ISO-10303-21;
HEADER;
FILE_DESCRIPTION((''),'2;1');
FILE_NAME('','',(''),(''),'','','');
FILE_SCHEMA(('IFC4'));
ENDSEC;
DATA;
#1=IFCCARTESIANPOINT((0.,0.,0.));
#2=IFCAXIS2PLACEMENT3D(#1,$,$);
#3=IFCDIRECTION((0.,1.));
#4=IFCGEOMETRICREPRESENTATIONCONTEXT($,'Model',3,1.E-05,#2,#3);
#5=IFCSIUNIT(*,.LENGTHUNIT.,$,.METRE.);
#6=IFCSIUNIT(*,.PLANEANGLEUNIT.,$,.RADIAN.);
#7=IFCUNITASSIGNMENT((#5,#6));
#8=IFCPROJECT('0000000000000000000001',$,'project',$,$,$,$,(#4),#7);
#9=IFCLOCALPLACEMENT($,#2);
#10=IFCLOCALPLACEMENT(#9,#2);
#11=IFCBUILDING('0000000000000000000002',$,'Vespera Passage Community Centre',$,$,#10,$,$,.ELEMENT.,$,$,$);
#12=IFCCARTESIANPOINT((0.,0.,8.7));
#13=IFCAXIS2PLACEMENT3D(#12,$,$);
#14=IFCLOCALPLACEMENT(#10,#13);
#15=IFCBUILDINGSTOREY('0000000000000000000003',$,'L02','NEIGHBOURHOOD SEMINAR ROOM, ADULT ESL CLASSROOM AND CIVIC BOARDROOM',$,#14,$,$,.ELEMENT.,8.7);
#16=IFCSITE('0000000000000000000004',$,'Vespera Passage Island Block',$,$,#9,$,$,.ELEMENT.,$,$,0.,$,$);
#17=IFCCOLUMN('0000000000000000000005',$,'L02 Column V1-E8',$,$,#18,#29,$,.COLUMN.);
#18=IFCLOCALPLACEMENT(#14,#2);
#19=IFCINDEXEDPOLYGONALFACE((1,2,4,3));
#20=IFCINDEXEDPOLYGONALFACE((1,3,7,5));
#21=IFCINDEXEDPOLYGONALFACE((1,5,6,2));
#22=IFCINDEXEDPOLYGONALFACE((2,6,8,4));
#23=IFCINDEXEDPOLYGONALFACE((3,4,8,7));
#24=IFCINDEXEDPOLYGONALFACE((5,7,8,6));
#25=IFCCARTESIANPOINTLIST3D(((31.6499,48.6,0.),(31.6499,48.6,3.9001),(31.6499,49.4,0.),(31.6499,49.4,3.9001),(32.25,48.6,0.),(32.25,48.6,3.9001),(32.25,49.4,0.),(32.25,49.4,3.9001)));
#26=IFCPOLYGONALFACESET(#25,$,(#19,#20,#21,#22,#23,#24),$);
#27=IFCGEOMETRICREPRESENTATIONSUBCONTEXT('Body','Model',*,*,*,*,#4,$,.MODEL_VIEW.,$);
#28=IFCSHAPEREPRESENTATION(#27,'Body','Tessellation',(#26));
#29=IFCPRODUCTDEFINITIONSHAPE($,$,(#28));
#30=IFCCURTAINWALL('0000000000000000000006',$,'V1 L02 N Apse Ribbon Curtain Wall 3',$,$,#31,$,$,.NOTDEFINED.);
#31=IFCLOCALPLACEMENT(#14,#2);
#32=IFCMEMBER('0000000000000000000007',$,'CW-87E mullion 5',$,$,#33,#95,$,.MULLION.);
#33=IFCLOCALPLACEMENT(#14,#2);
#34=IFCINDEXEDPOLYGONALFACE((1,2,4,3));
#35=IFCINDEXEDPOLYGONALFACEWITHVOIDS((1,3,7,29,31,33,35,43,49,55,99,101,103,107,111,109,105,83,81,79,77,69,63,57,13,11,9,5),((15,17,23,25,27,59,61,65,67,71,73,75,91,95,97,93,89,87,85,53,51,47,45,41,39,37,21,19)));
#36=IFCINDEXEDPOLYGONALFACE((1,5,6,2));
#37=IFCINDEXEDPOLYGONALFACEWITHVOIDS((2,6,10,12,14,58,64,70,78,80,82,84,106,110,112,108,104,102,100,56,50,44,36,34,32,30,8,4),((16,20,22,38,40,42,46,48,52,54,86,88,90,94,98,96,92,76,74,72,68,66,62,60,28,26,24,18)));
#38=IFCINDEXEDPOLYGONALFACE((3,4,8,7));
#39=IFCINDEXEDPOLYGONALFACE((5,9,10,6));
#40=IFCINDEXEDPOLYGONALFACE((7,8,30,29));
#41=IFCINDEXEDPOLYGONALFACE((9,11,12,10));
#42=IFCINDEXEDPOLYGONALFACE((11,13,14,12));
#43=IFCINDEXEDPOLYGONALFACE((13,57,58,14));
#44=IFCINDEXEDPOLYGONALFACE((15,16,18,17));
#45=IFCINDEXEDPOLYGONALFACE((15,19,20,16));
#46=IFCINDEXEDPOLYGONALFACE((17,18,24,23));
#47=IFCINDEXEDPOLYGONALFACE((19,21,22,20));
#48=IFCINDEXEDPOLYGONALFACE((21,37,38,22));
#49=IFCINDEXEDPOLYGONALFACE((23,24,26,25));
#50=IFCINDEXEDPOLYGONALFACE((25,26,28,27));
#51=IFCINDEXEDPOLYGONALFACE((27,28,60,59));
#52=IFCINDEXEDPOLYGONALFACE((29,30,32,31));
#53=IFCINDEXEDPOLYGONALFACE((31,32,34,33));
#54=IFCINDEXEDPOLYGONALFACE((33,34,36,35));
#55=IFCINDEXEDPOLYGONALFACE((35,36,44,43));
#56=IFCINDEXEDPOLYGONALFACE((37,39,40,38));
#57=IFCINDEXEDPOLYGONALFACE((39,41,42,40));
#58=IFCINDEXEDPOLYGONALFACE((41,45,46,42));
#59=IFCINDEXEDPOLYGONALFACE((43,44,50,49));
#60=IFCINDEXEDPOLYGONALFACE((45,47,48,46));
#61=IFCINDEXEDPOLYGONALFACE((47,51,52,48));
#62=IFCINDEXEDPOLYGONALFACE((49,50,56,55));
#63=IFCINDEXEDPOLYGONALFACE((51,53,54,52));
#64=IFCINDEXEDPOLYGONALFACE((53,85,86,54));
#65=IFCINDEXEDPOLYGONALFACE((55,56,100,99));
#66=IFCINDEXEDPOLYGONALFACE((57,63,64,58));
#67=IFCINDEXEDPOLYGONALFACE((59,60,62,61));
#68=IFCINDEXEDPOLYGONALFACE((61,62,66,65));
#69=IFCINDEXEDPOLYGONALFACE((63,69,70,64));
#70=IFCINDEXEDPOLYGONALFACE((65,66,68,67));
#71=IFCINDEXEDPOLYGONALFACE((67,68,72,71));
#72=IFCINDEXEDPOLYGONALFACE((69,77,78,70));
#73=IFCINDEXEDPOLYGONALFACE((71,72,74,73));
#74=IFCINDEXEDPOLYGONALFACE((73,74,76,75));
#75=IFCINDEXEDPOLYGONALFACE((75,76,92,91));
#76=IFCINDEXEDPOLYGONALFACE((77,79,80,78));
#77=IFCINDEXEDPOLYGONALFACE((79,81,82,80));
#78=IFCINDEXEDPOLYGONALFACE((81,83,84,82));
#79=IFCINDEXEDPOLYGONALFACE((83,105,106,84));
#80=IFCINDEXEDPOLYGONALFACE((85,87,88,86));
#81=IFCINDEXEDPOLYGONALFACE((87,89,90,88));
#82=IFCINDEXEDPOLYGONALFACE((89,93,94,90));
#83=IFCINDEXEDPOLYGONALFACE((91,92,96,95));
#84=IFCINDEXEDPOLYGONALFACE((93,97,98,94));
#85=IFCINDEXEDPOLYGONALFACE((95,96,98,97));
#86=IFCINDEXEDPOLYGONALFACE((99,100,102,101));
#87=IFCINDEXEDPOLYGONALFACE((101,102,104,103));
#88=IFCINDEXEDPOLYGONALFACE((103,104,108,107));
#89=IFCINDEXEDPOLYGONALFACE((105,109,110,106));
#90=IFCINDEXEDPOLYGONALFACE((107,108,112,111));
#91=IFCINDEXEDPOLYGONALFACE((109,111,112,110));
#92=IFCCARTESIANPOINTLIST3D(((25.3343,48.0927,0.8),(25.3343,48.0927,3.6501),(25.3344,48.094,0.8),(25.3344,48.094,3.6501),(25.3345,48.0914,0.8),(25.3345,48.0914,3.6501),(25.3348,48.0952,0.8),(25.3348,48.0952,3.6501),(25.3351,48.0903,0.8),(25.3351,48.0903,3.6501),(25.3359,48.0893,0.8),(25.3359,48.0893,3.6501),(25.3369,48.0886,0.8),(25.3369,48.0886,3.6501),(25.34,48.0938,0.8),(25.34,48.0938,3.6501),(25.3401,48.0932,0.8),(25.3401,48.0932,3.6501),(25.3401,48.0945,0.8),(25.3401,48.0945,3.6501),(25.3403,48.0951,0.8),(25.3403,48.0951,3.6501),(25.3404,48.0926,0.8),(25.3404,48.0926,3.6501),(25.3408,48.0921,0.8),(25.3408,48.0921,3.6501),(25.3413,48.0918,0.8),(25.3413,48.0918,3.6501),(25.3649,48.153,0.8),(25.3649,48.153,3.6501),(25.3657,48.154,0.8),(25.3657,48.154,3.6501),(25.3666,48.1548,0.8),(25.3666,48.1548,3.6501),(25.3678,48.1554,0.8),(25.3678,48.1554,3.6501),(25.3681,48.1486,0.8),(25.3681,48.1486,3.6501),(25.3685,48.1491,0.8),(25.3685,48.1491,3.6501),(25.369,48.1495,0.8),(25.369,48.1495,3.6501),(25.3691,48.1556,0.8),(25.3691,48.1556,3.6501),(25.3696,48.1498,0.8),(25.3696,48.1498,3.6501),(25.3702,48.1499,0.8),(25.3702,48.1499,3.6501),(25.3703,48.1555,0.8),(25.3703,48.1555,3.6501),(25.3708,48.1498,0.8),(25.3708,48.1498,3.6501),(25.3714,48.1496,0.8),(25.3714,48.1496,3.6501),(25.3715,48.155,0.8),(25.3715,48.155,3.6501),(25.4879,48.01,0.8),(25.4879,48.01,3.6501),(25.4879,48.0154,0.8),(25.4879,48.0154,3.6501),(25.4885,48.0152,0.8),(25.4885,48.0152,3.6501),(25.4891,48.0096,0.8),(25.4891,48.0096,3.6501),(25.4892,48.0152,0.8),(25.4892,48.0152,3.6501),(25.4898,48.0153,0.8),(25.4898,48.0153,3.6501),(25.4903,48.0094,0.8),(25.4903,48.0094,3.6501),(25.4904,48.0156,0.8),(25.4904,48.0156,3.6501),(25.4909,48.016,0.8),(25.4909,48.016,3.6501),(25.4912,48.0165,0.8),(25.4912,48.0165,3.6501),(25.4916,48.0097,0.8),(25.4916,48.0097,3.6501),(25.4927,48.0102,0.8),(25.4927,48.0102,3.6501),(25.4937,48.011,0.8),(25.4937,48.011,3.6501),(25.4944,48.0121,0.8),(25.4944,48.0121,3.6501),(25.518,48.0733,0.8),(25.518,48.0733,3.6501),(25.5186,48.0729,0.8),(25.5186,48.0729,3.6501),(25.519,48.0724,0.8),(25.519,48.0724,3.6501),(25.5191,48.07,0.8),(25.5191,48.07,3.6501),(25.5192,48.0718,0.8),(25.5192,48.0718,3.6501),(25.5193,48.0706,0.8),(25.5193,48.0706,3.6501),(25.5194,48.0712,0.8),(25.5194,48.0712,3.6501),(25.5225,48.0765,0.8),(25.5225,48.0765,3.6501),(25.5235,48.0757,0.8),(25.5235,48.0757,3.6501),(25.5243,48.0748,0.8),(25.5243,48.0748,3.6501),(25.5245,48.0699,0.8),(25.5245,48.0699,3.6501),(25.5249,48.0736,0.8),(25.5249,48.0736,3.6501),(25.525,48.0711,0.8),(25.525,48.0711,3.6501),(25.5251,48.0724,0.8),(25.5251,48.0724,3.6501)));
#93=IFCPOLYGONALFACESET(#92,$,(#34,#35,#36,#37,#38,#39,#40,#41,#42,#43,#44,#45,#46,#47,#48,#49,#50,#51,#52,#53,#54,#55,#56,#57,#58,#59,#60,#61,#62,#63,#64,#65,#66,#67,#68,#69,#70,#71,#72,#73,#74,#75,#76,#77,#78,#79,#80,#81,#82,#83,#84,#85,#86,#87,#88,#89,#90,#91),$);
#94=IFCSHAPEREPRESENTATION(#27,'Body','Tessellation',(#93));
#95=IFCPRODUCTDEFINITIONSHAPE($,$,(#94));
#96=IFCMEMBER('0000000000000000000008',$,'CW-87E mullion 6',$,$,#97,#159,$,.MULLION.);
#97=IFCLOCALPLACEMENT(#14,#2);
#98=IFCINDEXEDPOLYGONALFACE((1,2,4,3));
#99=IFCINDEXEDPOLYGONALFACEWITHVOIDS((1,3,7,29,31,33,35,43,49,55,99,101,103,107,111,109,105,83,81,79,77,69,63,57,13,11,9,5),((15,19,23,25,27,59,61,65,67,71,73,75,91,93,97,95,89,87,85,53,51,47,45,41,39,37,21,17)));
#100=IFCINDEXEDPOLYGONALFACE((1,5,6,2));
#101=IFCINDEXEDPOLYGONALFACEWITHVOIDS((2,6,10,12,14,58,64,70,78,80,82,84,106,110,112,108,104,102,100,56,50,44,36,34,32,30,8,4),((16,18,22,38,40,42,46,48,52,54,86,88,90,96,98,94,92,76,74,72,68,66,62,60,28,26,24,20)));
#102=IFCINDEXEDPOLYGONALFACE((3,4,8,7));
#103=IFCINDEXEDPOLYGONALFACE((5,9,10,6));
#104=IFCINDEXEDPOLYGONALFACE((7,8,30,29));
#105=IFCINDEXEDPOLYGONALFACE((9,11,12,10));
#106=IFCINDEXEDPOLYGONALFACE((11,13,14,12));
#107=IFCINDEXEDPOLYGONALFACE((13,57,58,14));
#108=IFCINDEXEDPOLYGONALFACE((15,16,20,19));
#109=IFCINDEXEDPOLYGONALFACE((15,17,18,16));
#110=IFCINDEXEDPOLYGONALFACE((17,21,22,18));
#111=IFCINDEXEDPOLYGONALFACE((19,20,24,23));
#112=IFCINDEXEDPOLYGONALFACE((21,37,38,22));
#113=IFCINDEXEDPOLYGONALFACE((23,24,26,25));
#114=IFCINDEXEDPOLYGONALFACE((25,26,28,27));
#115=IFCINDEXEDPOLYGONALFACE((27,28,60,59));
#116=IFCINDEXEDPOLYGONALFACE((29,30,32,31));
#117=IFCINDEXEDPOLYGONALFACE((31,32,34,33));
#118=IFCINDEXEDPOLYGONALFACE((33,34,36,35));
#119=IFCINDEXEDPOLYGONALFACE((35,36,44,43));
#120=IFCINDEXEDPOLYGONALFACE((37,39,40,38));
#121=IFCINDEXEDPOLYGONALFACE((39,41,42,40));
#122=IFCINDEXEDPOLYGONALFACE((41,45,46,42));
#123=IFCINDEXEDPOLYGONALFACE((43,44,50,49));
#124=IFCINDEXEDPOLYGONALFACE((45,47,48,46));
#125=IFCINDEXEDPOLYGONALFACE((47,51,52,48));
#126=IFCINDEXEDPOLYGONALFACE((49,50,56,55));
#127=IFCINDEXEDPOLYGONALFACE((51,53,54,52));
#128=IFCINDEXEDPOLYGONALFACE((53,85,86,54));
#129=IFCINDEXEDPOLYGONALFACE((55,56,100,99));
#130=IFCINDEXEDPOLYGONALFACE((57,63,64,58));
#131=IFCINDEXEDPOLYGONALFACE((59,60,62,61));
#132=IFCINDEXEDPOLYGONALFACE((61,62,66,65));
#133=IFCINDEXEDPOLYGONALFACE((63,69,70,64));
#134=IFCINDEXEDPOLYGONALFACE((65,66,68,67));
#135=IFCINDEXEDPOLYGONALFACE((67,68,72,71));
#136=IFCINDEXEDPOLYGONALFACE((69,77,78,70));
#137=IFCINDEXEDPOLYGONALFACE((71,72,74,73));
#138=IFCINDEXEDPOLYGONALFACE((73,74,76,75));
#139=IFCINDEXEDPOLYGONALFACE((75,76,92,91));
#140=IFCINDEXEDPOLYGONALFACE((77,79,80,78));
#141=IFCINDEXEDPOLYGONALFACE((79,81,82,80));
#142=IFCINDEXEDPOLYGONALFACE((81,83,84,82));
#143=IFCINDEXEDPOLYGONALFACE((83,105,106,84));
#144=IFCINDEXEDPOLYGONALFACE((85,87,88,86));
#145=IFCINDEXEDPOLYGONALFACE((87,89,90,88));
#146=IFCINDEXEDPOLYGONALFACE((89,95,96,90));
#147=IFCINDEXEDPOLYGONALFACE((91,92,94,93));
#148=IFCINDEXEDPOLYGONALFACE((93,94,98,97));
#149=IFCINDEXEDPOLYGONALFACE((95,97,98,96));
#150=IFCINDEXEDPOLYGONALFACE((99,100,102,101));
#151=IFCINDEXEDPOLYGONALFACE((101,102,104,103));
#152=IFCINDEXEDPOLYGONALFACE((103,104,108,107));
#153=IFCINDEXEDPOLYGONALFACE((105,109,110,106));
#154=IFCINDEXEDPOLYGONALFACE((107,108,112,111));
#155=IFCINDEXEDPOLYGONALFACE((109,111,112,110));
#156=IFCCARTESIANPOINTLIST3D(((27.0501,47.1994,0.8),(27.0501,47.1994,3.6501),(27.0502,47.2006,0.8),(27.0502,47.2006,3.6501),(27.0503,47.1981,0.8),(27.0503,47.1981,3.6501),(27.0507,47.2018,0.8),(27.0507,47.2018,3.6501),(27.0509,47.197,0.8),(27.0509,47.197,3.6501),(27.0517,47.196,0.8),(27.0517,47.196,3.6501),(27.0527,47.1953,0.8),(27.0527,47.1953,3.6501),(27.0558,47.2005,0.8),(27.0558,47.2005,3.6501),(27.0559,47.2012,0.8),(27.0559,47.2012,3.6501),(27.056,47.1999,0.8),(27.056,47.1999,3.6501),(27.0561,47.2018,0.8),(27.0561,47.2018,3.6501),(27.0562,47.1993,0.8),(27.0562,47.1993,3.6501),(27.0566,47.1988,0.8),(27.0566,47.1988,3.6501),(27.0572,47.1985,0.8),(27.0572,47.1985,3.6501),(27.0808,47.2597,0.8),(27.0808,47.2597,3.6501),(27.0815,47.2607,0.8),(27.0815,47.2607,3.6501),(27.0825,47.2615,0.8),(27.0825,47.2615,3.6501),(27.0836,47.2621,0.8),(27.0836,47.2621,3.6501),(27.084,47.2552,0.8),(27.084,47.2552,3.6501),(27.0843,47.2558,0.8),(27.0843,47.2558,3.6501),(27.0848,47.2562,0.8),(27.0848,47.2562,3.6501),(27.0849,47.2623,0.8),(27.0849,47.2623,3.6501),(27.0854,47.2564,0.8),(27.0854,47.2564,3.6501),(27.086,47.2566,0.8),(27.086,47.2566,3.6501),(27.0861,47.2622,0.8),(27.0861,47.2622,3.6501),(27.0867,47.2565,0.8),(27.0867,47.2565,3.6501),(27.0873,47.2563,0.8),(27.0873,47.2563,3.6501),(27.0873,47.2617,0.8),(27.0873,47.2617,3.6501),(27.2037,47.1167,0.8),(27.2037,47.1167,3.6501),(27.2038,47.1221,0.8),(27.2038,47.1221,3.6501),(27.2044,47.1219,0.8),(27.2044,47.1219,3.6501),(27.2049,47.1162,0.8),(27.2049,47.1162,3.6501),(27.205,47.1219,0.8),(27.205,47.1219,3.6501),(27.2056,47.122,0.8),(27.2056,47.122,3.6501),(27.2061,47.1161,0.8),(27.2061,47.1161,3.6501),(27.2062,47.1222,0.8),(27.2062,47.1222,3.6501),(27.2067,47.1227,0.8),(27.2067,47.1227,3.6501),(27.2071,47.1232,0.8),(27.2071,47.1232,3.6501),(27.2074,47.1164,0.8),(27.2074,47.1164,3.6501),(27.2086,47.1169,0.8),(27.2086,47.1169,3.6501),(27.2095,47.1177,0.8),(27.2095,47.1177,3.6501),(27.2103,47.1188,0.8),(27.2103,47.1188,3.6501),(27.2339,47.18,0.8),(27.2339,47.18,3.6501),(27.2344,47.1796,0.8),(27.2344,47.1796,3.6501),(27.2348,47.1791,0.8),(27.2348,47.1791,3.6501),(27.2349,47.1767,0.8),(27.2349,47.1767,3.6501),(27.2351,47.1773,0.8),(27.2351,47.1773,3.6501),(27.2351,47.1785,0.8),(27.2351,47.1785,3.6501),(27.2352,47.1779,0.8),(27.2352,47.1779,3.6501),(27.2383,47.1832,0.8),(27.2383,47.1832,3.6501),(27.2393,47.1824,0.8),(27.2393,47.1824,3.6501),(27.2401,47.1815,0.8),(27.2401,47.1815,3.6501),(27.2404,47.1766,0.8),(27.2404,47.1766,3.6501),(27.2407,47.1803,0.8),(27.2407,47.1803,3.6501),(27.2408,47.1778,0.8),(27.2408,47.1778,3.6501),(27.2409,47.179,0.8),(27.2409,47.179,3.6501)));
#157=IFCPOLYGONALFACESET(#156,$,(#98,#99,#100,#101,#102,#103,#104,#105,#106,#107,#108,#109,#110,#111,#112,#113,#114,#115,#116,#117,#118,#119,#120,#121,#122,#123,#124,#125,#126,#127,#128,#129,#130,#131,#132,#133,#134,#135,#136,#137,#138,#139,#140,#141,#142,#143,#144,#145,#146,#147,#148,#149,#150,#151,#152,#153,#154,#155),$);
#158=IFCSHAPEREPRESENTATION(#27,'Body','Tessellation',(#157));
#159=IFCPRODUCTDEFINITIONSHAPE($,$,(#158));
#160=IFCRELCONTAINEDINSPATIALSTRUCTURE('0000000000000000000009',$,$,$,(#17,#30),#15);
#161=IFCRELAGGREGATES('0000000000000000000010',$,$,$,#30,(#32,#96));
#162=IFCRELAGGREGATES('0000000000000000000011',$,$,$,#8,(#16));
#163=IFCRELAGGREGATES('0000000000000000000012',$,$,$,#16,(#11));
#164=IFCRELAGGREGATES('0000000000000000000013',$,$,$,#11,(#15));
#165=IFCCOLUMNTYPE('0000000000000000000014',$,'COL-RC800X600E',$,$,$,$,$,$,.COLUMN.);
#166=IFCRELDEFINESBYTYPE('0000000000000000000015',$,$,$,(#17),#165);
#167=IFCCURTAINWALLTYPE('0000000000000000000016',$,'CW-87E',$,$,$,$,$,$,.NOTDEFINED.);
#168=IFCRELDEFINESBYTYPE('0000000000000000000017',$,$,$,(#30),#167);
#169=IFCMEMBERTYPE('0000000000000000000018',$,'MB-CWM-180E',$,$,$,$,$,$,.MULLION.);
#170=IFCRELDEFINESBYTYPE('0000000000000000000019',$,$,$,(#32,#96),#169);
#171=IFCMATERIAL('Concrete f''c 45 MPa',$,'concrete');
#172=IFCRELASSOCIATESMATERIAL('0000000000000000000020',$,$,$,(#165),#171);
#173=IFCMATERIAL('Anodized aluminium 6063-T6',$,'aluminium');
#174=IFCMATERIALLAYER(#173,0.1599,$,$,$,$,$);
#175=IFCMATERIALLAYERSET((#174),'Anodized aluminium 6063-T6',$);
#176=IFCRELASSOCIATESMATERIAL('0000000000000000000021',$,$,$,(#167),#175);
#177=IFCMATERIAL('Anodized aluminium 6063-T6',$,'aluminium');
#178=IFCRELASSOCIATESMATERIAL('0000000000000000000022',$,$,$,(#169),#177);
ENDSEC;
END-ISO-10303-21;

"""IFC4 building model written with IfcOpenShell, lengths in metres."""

from ifc_helpers import new_model, si_unit, direction, frame, origin, origin_2d, place, context, subcontext, project, spatial, rectangle, hollow_rectangle, extrude, material, layer, layer_set, material_profile, profile_set, type_object, element, aggregate, save


model = new_model("IFC4")

# Units and contexts
model_context = context("Model", 3, precision=1e-05, world=origin(), true_north=direction((0.0, 1.0)))
body_context = subcontext(model_context, "Body", "Model", "MODEL_VIEW")
ifc_project = project(units=[si_unit("LENGTHUNIT", "METRE"), si_unit("PLANEANGLEUNIT", "RADIAN")], contexts=[model_context])

# Site, building, storey
site_placement = place(None, origin())
site = spatial("IfcSite", under=ifc_project, at=site_placement, Name="Vespera Passage Island Block", CompositionType="ELEMENT", RefElevation=0.0)
building_placement = place(site_placement, origin())
building = spatial("IfcBuilding", under=site, at=building_placement, Name="Vespera Passage Community Centre", CompositionType="ELEMENT")
storey_placement = place(building_placement, frame((0.0, 0.0, 8.7)))
storey = spatial("IfcBuildingStorey", under=building, at=storey_placement, Name="L02", Description="NEIGHBOURHOOD SEMINAR ROOM, ADULT ESL CLASSROOM AND CIVIC BOARDROOM", CompositionType="ELEMENT", Elevation=8.7)

# Column
ifc_material_1 = material(Name="Concrete f'c 45 MPa", Category="concrete")
ifc_material_profile_1 = material_profile(ifc_material_1, rectangle(XDim=0.6001, YDim=0.8, at=origin_2d()), Name="RC800X600")
ifc_profile_set_1 = profile_set([ifc_material_profile_1], Name="Concrete f'c 45 MPa")
column_type = type_object("IfcColumnType", Name="COL-RC800X600E", PredefinedType="COLUMN", material=ifc_profile_set_1)
column_placement = place(storey_placement, frame((31.95, 49.0, 0.0), z_axis=(0.0, 0.0, 1.0), x_axis=(1.0, 0.0, 0.0)))
element("IfcColumn", 1, at=column_placement, inside=storey, type_object=column_type, Name="L02 Column V1-E8", PredefinedType="COLUMN", context=body_context, shape_type="SweptSolid", body=[
    extrude(rectangle(XDim=0.6001, YDim=0.8, at=origin_2d()), origin(), (0.0, 0.0, 1.0), 3.9001),
])

# Curtain wall, members
ifc_material_2 = material(Name="Anodized aluminium 6063-T6", Category="aluminium")
ifc_layer_1 = layer(ifc_material_2, 0.1599)
ifc_layer_set_1 = layer_set([ifc_layer_1], Name="Anodized aluminium 6063-T6")
curtain_wall_type = type_object("IfcCurtainWallType", Name="CW-87E", PredefinedType="NOTDEFINED", material=ifc_layer_set_1)
curtain_wall_placement = place(storey_placement, origin())
curtain_wall = element("IfcCurtainWall", 2, at=curtain_wall_placement, inside=storey, type_object=curtain_wall_type, Name="V1 L02 N Apse Ribbon Curtain Wall 3", PredefinedType="NOTDEFINED")
ifc_material_3 = material(Name="Anodized aluminium 6063-T6", Category="aluminium")
ifc_material_profile_2 = material_profile(ifc_material_3, hollow_rectangle(XDim=0.075, YDim=0.1799, WallThickness=0.0049, InnerFilletRadius=0.0024, OuterFilletRadius=0.0049, at=origin_2d()), Name="ALU180X75X5")
ifc_profile_set_2 = profile_set([ifc_material_profile_2], Name="Anodized aluminium 6063-T6")
member_type_1 = type_object("IfcMemberType", Name="MB-CWM-180E", PredefinedType="MULLION", material=ifc_profile_set_2)
member_1_placement = place(storey_placement, frame((25.4297, 48.0825, 0.8), z_axis=(0.0, 0.0, 1.0), x_axis=(0.461745, 0.887013, 0.0)))
member_1 = element("IfcMember", 3, at=member_1_placement, type_object=member_type_1, Name="CW-87E mullion 5", PredefinedType="MULLION", context=body_context, shape_type="SweptSolid", body=[
    extrude(hollow_rectangle(XDim=0.075, YDim=0.1799, WallThickness=0.0049, InnerFilletRadius=0.0024, OuterFilletRadius=0.0049, at=origin_2d()), origin(), (0.0, 0.0, 1.0), 2.8501),
])
member_2_placement = place(storey_placement, frame((27.1455, 47.1892, 0.8), z_axis=(0.0, 0.0, 1.0), x_axis=(0.461745, 0.887013, 0.0)))
member_2 = element("IfcMember", 4, at=member_2_placement, type_object=member_type_1, Name="CW-87E mullion 6", PredefinedType="MULLION", context=body_context, shape_type="SweptSolid", body=[
    extrude(hollow_rectangle(XDim=0.075, YDim=0.1799, WallThickness=0.0049, InnerFilletRadius=0.0024, OuterFilletRadius=0.0049, at=origin_2d()), origin(), (0.0, 0.0, 1.0), 2.8501),
])
aggregate(curtain_wall, [member_1, member_2])

save(model, "model.ifc")
